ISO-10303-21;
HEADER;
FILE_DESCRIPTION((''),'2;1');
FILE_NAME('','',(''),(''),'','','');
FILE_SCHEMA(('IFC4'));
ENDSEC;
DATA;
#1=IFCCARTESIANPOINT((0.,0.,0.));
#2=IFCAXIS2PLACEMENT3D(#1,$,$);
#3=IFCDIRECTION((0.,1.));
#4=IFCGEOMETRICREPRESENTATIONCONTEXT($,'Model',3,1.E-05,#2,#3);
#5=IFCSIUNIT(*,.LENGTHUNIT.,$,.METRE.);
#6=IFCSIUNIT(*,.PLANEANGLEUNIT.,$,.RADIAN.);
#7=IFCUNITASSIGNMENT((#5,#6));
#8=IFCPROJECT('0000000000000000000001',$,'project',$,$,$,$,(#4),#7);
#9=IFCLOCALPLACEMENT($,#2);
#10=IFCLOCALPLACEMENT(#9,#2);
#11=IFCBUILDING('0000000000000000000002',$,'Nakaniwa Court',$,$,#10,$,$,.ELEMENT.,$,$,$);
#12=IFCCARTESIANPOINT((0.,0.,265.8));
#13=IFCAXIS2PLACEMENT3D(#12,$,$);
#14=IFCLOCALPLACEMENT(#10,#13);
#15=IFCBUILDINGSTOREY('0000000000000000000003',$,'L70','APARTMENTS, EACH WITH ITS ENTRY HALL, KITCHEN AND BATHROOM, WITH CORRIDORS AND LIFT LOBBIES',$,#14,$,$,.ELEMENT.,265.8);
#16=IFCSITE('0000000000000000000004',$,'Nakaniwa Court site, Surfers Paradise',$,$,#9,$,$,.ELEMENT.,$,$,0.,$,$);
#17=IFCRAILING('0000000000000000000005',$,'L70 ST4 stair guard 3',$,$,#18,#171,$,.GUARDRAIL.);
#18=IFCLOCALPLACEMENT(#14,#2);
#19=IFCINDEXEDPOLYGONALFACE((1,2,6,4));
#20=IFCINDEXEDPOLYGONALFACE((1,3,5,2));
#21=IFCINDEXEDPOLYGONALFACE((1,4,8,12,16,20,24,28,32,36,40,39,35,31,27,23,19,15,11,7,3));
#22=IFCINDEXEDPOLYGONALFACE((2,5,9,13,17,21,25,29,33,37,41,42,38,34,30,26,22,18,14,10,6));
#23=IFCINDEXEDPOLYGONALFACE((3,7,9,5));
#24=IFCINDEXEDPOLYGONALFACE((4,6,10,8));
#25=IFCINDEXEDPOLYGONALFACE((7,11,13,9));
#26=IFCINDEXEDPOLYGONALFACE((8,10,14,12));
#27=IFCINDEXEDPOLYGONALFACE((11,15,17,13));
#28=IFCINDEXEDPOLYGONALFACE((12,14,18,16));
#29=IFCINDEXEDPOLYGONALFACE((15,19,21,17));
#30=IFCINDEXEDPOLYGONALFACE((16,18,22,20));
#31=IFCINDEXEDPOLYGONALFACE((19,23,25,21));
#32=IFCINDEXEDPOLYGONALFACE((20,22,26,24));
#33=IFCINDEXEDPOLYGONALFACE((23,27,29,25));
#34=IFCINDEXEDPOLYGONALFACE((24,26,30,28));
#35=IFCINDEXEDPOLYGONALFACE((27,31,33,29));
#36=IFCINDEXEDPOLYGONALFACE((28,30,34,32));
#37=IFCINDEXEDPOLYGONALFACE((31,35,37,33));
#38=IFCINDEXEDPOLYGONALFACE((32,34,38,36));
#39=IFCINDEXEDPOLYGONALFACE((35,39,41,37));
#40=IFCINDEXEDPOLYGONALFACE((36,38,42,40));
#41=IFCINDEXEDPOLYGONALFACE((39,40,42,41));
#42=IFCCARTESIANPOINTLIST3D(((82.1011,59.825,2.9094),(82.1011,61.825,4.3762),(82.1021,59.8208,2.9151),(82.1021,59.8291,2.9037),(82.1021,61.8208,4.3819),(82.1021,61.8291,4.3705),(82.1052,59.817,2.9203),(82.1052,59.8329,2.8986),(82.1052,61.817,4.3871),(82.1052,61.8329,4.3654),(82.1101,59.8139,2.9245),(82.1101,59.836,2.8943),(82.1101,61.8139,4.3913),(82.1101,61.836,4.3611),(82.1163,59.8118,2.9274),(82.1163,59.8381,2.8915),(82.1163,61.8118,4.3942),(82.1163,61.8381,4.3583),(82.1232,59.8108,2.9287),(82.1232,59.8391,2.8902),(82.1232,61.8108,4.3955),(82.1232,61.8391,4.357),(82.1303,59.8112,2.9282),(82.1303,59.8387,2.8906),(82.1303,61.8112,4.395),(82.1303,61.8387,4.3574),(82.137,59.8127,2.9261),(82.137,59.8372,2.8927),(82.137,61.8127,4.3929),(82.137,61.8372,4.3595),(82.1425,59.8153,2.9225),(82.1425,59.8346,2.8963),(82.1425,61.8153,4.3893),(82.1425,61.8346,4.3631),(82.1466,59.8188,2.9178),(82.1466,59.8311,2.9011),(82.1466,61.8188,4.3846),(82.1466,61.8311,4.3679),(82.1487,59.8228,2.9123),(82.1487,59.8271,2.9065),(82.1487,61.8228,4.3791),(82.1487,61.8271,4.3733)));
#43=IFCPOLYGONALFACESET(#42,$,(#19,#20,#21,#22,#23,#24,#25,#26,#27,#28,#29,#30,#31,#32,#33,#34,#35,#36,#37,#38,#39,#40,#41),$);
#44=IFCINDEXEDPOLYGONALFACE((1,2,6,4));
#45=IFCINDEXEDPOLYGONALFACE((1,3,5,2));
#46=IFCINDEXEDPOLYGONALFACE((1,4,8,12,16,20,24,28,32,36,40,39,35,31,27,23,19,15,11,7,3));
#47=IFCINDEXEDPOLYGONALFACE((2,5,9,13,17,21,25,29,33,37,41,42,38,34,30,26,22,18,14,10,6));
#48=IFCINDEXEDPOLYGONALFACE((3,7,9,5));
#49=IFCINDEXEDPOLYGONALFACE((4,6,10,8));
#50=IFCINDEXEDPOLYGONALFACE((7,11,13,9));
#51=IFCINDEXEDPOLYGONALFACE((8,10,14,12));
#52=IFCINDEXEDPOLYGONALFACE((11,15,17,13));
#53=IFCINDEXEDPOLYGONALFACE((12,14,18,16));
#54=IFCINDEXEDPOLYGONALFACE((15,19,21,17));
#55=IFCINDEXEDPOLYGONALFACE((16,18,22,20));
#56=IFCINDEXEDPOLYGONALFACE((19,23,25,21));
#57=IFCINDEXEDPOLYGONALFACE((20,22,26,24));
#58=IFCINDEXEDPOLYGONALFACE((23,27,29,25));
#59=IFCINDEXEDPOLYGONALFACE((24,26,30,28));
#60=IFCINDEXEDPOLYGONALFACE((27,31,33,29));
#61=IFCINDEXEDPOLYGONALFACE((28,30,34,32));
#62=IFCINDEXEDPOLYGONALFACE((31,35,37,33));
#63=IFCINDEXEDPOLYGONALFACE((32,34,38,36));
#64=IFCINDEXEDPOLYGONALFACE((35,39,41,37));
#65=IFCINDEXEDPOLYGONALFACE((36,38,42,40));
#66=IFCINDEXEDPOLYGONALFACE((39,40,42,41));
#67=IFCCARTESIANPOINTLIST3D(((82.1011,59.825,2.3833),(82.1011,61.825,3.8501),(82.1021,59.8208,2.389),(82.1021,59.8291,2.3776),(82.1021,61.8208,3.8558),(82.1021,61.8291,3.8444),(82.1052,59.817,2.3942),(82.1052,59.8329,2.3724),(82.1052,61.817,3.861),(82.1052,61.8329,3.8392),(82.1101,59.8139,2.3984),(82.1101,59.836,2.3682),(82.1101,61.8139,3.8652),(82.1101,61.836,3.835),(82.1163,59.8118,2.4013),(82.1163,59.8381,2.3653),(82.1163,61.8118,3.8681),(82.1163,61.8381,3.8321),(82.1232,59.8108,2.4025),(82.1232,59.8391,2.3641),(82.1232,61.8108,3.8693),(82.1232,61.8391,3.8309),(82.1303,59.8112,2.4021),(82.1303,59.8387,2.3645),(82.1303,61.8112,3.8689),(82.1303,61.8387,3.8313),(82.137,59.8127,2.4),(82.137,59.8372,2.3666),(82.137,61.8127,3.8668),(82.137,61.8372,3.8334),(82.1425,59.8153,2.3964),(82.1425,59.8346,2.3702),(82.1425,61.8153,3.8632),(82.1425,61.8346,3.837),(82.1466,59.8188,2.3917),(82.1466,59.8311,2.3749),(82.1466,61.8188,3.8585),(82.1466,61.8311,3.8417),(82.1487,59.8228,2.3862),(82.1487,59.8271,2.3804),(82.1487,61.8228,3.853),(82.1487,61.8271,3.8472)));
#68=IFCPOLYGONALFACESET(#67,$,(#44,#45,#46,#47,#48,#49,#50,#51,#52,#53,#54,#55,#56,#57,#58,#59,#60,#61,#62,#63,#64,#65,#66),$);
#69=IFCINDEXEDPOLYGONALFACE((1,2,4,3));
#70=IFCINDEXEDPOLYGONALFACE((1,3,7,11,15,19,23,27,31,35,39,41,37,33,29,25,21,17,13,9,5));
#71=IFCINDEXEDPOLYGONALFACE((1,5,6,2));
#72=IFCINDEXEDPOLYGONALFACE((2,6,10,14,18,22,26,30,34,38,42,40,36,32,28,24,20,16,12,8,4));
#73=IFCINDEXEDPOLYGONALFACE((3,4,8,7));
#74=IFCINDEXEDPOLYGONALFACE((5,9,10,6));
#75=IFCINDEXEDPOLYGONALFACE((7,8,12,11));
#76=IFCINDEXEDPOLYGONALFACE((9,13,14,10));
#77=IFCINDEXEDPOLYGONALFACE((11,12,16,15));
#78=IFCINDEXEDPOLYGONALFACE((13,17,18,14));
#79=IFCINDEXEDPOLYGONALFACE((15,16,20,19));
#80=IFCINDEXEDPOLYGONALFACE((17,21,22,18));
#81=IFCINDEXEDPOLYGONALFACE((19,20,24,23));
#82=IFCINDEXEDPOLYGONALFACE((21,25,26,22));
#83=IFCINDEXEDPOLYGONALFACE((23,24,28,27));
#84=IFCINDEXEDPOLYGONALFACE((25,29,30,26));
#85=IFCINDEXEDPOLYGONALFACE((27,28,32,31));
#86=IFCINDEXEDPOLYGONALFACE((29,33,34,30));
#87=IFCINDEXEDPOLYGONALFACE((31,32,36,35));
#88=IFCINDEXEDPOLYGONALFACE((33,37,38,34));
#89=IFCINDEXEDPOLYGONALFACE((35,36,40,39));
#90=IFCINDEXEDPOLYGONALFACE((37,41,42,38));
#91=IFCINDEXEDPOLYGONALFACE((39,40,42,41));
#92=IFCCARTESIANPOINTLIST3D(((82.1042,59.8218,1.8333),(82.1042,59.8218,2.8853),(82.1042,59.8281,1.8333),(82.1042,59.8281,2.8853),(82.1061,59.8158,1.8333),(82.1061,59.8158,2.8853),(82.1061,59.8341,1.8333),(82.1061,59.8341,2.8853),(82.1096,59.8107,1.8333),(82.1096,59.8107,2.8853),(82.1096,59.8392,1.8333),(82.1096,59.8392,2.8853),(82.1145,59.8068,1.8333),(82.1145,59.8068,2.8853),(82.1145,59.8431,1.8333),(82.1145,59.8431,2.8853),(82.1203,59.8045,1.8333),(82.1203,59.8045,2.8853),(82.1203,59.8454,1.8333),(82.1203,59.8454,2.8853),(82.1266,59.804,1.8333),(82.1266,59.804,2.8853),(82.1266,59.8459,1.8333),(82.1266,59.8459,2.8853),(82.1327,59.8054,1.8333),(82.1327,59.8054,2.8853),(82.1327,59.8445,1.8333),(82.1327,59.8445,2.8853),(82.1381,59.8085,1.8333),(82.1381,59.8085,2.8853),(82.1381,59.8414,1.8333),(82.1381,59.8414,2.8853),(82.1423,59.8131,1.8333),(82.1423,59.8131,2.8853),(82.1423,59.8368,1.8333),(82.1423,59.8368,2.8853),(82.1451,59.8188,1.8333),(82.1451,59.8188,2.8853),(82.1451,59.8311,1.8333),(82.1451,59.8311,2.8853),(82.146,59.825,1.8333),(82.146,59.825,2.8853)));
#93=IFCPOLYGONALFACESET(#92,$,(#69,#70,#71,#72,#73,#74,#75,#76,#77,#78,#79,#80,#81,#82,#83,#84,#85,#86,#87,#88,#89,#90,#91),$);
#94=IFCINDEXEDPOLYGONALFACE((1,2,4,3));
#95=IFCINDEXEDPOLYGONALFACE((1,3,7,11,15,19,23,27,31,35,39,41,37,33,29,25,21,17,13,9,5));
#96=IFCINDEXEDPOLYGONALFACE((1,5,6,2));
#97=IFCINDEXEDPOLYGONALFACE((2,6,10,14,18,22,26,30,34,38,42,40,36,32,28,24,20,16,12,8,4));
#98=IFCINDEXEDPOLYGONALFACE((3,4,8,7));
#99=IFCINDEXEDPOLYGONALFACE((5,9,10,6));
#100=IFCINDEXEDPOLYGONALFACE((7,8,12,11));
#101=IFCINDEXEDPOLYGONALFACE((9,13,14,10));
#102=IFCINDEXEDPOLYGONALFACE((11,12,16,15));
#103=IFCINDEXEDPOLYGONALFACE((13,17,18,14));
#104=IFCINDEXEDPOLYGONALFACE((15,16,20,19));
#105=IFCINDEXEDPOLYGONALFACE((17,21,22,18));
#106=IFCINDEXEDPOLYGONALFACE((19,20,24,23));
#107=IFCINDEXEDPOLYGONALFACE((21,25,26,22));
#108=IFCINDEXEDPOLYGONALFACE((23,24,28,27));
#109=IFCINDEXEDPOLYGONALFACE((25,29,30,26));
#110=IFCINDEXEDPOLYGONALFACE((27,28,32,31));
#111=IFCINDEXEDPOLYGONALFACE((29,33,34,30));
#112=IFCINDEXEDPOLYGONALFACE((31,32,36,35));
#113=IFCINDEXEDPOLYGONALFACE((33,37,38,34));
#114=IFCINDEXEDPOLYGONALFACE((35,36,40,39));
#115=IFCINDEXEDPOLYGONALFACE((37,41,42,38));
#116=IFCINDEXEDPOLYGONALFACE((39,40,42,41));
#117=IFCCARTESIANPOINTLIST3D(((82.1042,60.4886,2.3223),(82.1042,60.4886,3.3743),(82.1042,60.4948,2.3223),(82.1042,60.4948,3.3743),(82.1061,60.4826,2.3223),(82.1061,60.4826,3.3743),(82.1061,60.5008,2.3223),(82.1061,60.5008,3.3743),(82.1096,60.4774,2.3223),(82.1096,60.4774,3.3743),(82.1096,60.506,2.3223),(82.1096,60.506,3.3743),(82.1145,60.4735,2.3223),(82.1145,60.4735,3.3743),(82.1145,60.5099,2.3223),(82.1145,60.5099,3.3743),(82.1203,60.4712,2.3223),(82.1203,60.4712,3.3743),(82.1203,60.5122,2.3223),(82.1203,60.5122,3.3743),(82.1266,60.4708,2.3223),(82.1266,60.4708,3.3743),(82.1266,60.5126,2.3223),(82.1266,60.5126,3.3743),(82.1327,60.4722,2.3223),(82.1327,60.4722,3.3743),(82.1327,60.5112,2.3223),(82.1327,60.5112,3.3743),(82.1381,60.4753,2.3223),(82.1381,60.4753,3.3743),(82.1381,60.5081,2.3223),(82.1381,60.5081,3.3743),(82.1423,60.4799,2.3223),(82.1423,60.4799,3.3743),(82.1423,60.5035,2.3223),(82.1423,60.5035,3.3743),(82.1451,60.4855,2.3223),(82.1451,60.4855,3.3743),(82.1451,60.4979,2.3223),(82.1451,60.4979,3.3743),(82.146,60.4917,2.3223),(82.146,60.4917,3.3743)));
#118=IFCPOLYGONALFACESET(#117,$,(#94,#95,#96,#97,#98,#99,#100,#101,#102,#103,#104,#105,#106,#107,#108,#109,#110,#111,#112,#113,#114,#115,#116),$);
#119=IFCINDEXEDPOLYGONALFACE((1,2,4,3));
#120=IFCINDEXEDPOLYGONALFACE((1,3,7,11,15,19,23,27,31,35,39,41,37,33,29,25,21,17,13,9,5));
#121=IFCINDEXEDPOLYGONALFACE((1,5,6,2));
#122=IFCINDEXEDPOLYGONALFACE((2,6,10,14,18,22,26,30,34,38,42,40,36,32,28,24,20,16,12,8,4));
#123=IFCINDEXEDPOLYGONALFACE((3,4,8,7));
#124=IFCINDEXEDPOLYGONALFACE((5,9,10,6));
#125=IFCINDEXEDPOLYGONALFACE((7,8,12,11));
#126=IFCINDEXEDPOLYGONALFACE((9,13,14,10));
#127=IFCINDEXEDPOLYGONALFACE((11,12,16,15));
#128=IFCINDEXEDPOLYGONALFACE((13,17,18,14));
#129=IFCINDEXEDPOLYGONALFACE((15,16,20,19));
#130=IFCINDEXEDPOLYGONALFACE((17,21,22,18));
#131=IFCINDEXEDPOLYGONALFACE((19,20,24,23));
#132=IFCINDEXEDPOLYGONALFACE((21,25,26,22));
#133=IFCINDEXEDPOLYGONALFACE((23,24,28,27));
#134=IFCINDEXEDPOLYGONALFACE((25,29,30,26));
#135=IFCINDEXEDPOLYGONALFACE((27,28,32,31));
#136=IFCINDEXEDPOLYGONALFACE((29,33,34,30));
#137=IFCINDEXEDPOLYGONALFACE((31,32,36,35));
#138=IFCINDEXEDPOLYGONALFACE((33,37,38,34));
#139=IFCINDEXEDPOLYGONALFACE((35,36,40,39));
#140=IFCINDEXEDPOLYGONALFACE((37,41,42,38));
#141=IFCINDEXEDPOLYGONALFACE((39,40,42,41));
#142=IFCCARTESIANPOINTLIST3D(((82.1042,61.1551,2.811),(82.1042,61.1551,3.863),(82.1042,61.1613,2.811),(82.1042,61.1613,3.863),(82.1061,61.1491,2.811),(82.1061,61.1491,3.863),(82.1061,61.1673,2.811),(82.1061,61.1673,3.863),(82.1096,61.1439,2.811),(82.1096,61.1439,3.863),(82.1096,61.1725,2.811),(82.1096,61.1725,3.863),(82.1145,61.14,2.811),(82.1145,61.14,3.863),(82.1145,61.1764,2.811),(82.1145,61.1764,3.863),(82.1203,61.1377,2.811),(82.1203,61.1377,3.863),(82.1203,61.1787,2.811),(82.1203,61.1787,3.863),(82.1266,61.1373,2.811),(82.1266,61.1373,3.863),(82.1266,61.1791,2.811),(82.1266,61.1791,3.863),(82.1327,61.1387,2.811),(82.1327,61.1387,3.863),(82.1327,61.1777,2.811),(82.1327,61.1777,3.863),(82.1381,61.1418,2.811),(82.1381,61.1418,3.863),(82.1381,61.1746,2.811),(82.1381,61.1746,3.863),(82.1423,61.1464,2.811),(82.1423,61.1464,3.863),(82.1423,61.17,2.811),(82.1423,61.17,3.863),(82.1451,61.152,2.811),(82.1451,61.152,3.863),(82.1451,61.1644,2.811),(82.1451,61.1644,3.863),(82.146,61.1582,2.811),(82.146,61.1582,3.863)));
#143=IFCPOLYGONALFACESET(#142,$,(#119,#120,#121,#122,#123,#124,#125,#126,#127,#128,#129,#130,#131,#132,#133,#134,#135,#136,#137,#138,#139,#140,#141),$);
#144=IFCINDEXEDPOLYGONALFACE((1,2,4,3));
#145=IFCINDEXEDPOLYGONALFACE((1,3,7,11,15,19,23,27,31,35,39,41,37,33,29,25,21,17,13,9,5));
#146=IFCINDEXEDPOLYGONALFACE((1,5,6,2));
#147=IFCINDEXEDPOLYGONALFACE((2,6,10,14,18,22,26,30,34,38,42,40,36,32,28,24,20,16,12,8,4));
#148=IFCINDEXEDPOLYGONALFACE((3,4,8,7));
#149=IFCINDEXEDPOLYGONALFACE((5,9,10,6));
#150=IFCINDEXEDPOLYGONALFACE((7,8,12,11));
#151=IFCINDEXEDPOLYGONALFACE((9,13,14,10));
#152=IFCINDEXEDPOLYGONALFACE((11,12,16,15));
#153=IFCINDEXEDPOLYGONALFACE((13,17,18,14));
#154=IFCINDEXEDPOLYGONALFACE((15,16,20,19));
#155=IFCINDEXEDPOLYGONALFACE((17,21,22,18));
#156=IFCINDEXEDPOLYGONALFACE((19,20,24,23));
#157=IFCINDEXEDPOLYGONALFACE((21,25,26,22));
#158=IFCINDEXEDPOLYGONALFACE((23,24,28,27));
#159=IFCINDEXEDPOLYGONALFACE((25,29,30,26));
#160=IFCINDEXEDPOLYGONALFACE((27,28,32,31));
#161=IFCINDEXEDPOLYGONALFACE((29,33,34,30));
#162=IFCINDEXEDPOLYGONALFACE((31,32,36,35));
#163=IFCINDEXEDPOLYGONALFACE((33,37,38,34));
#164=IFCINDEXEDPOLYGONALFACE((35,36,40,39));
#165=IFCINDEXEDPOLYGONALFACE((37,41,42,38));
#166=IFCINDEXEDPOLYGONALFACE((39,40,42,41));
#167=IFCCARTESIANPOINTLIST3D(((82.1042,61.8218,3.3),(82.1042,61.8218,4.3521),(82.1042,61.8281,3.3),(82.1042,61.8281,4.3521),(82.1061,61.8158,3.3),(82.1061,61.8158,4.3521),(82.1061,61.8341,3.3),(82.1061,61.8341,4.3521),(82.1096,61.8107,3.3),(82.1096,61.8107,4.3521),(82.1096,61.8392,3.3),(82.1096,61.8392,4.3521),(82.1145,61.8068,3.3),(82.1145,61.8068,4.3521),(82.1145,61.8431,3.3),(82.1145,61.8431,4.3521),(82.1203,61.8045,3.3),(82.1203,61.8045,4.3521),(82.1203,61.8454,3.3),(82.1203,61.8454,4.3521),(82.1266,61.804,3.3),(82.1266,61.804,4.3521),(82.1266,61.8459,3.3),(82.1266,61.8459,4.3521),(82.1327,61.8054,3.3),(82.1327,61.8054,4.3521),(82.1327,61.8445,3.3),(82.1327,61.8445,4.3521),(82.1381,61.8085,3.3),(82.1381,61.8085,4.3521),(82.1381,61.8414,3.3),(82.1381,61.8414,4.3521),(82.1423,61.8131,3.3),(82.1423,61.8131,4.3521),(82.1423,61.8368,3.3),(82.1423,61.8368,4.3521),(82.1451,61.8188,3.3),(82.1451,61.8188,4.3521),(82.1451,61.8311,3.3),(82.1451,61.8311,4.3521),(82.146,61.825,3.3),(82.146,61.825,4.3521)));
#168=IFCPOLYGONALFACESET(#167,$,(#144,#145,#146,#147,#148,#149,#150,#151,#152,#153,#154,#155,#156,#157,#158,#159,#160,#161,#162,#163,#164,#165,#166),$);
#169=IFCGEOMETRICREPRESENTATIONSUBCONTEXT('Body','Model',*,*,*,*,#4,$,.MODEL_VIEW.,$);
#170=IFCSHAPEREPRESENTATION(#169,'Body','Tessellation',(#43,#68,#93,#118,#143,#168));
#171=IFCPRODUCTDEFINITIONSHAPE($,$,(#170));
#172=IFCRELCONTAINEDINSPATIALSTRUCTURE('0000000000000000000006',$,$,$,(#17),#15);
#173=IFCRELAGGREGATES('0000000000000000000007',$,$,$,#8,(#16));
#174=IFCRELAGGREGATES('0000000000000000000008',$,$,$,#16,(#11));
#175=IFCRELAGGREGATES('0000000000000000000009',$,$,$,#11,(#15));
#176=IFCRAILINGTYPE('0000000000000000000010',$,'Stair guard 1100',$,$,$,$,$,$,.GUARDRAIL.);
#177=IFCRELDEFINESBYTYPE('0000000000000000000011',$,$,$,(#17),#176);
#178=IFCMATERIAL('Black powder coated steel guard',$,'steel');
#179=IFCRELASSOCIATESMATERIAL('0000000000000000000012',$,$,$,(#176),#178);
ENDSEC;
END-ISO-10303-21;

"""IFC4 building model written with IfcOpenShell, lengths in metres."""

from ifc_helpers import new_model, si_unit, direction, frame, origin, origin_2d, place, context, subcontext, project, spatial, circle, extrude, material, type_object, element, save


model = new_model("IFC4")

# Units and contexts
model_context = context("Model", 3, precision=1e-05, world=origin(), true_north=direction((0.0, 1.0)))
body_context = subcontext(model_context, "Body", "Model", "MODEL_VIEW")
ifc_project = project(units=[si_unit("LENGTHUNIT", "METRE"), si_unit("PLANEANGLEUNIT", "RADIAN")], contexts=[model_context])

# Site, building, storey
site_placement = place(None, origin())
site = spatial("IfcSite", under=ifc_project, at=site_placement, Name="Nakaniwa Court site, Surfers Paradise", CompositionType="ELEMENT", RefElevation=0.0)
building_placement = place(site_placement, origin())
building = spatial("IfcBuilding", under=site, at=building_placement, Name="Nakaniwa Court", CompositionType="ELEMENT")
storey_placement = place(building_placement, frame((0.0, 0.0, 265.8)))
storey = spatial("IfcBuildingStorey", under=building, at=storey_placement, Name="L70", Description="APARTMENTS, EACH WITH ITS ENTRY HALL, KITCHEN AND BATHROOM, WITH CORRIDORS AND LIFT LOBBIES", CompositionType="ELEMENT", Elevation=265.8)

# Railing
ifc_material_1 = material(Name="Black powder coated steel guard", Category="steel")
railing_type_1 = type_object("IfcRailingType", Name="Stair guard 1100", PredefinedType="GUARDRAIL", material=ifc_material_1)
railing_1_placement = place(storey_placement, frame((82.125, 59.825, 1.8333)))
element("IfcRailing", 1, at=railing_1_placement, inside=storey, type_object=railing_type_1, Name="L70 ST4 stair guard 3", PredefinedType="GUARDRAIL", context=body_context, shape_type="SweptSolid", body=[
    extrude(circle(Radius=0.0239, at=origin_2d()), frame((0.0, 0.0, 1.0762), z_axis=(0.0, 0.80638, 0.591398), x_axis=(-1.0, 0.0, 0.0)), (0.0, 0.0, 1.0), 2.4802),
    extrude(circle(Radius=0.0239, at=origin_2d()), frame((0.0, 0.0, 0.55), z_axis=(0.0, 0.80638, 0.591398), x_axis=(-1.0, 0.0, 0.0)), (0.0, 0.0, 1.0), 2.4802),
    extrude(circle(Radius=0.021, at=origin_2d()), origin(), (0.0, 0.0, 1.0), 1.052),
    extrude(circle(Radius=0.021, at=origin_2d()), frame((0.0, 0.6667, 0.489)), (0.0, 0.0, 1.0), 1.052),
    extrude(circle(Radius=0.021, at=origin_2d()), frame((0.0, 1.3333, 0.9778)), (0.0, 0.0, 1.0), 1.052),
    extrude(circle(Radius=0.021, at=origin_2d()), frame((0.0, 2.0, 1.4668)), (0.0, 0.0, 1.0), 1.052),
])

save(model, "model.ifc")
